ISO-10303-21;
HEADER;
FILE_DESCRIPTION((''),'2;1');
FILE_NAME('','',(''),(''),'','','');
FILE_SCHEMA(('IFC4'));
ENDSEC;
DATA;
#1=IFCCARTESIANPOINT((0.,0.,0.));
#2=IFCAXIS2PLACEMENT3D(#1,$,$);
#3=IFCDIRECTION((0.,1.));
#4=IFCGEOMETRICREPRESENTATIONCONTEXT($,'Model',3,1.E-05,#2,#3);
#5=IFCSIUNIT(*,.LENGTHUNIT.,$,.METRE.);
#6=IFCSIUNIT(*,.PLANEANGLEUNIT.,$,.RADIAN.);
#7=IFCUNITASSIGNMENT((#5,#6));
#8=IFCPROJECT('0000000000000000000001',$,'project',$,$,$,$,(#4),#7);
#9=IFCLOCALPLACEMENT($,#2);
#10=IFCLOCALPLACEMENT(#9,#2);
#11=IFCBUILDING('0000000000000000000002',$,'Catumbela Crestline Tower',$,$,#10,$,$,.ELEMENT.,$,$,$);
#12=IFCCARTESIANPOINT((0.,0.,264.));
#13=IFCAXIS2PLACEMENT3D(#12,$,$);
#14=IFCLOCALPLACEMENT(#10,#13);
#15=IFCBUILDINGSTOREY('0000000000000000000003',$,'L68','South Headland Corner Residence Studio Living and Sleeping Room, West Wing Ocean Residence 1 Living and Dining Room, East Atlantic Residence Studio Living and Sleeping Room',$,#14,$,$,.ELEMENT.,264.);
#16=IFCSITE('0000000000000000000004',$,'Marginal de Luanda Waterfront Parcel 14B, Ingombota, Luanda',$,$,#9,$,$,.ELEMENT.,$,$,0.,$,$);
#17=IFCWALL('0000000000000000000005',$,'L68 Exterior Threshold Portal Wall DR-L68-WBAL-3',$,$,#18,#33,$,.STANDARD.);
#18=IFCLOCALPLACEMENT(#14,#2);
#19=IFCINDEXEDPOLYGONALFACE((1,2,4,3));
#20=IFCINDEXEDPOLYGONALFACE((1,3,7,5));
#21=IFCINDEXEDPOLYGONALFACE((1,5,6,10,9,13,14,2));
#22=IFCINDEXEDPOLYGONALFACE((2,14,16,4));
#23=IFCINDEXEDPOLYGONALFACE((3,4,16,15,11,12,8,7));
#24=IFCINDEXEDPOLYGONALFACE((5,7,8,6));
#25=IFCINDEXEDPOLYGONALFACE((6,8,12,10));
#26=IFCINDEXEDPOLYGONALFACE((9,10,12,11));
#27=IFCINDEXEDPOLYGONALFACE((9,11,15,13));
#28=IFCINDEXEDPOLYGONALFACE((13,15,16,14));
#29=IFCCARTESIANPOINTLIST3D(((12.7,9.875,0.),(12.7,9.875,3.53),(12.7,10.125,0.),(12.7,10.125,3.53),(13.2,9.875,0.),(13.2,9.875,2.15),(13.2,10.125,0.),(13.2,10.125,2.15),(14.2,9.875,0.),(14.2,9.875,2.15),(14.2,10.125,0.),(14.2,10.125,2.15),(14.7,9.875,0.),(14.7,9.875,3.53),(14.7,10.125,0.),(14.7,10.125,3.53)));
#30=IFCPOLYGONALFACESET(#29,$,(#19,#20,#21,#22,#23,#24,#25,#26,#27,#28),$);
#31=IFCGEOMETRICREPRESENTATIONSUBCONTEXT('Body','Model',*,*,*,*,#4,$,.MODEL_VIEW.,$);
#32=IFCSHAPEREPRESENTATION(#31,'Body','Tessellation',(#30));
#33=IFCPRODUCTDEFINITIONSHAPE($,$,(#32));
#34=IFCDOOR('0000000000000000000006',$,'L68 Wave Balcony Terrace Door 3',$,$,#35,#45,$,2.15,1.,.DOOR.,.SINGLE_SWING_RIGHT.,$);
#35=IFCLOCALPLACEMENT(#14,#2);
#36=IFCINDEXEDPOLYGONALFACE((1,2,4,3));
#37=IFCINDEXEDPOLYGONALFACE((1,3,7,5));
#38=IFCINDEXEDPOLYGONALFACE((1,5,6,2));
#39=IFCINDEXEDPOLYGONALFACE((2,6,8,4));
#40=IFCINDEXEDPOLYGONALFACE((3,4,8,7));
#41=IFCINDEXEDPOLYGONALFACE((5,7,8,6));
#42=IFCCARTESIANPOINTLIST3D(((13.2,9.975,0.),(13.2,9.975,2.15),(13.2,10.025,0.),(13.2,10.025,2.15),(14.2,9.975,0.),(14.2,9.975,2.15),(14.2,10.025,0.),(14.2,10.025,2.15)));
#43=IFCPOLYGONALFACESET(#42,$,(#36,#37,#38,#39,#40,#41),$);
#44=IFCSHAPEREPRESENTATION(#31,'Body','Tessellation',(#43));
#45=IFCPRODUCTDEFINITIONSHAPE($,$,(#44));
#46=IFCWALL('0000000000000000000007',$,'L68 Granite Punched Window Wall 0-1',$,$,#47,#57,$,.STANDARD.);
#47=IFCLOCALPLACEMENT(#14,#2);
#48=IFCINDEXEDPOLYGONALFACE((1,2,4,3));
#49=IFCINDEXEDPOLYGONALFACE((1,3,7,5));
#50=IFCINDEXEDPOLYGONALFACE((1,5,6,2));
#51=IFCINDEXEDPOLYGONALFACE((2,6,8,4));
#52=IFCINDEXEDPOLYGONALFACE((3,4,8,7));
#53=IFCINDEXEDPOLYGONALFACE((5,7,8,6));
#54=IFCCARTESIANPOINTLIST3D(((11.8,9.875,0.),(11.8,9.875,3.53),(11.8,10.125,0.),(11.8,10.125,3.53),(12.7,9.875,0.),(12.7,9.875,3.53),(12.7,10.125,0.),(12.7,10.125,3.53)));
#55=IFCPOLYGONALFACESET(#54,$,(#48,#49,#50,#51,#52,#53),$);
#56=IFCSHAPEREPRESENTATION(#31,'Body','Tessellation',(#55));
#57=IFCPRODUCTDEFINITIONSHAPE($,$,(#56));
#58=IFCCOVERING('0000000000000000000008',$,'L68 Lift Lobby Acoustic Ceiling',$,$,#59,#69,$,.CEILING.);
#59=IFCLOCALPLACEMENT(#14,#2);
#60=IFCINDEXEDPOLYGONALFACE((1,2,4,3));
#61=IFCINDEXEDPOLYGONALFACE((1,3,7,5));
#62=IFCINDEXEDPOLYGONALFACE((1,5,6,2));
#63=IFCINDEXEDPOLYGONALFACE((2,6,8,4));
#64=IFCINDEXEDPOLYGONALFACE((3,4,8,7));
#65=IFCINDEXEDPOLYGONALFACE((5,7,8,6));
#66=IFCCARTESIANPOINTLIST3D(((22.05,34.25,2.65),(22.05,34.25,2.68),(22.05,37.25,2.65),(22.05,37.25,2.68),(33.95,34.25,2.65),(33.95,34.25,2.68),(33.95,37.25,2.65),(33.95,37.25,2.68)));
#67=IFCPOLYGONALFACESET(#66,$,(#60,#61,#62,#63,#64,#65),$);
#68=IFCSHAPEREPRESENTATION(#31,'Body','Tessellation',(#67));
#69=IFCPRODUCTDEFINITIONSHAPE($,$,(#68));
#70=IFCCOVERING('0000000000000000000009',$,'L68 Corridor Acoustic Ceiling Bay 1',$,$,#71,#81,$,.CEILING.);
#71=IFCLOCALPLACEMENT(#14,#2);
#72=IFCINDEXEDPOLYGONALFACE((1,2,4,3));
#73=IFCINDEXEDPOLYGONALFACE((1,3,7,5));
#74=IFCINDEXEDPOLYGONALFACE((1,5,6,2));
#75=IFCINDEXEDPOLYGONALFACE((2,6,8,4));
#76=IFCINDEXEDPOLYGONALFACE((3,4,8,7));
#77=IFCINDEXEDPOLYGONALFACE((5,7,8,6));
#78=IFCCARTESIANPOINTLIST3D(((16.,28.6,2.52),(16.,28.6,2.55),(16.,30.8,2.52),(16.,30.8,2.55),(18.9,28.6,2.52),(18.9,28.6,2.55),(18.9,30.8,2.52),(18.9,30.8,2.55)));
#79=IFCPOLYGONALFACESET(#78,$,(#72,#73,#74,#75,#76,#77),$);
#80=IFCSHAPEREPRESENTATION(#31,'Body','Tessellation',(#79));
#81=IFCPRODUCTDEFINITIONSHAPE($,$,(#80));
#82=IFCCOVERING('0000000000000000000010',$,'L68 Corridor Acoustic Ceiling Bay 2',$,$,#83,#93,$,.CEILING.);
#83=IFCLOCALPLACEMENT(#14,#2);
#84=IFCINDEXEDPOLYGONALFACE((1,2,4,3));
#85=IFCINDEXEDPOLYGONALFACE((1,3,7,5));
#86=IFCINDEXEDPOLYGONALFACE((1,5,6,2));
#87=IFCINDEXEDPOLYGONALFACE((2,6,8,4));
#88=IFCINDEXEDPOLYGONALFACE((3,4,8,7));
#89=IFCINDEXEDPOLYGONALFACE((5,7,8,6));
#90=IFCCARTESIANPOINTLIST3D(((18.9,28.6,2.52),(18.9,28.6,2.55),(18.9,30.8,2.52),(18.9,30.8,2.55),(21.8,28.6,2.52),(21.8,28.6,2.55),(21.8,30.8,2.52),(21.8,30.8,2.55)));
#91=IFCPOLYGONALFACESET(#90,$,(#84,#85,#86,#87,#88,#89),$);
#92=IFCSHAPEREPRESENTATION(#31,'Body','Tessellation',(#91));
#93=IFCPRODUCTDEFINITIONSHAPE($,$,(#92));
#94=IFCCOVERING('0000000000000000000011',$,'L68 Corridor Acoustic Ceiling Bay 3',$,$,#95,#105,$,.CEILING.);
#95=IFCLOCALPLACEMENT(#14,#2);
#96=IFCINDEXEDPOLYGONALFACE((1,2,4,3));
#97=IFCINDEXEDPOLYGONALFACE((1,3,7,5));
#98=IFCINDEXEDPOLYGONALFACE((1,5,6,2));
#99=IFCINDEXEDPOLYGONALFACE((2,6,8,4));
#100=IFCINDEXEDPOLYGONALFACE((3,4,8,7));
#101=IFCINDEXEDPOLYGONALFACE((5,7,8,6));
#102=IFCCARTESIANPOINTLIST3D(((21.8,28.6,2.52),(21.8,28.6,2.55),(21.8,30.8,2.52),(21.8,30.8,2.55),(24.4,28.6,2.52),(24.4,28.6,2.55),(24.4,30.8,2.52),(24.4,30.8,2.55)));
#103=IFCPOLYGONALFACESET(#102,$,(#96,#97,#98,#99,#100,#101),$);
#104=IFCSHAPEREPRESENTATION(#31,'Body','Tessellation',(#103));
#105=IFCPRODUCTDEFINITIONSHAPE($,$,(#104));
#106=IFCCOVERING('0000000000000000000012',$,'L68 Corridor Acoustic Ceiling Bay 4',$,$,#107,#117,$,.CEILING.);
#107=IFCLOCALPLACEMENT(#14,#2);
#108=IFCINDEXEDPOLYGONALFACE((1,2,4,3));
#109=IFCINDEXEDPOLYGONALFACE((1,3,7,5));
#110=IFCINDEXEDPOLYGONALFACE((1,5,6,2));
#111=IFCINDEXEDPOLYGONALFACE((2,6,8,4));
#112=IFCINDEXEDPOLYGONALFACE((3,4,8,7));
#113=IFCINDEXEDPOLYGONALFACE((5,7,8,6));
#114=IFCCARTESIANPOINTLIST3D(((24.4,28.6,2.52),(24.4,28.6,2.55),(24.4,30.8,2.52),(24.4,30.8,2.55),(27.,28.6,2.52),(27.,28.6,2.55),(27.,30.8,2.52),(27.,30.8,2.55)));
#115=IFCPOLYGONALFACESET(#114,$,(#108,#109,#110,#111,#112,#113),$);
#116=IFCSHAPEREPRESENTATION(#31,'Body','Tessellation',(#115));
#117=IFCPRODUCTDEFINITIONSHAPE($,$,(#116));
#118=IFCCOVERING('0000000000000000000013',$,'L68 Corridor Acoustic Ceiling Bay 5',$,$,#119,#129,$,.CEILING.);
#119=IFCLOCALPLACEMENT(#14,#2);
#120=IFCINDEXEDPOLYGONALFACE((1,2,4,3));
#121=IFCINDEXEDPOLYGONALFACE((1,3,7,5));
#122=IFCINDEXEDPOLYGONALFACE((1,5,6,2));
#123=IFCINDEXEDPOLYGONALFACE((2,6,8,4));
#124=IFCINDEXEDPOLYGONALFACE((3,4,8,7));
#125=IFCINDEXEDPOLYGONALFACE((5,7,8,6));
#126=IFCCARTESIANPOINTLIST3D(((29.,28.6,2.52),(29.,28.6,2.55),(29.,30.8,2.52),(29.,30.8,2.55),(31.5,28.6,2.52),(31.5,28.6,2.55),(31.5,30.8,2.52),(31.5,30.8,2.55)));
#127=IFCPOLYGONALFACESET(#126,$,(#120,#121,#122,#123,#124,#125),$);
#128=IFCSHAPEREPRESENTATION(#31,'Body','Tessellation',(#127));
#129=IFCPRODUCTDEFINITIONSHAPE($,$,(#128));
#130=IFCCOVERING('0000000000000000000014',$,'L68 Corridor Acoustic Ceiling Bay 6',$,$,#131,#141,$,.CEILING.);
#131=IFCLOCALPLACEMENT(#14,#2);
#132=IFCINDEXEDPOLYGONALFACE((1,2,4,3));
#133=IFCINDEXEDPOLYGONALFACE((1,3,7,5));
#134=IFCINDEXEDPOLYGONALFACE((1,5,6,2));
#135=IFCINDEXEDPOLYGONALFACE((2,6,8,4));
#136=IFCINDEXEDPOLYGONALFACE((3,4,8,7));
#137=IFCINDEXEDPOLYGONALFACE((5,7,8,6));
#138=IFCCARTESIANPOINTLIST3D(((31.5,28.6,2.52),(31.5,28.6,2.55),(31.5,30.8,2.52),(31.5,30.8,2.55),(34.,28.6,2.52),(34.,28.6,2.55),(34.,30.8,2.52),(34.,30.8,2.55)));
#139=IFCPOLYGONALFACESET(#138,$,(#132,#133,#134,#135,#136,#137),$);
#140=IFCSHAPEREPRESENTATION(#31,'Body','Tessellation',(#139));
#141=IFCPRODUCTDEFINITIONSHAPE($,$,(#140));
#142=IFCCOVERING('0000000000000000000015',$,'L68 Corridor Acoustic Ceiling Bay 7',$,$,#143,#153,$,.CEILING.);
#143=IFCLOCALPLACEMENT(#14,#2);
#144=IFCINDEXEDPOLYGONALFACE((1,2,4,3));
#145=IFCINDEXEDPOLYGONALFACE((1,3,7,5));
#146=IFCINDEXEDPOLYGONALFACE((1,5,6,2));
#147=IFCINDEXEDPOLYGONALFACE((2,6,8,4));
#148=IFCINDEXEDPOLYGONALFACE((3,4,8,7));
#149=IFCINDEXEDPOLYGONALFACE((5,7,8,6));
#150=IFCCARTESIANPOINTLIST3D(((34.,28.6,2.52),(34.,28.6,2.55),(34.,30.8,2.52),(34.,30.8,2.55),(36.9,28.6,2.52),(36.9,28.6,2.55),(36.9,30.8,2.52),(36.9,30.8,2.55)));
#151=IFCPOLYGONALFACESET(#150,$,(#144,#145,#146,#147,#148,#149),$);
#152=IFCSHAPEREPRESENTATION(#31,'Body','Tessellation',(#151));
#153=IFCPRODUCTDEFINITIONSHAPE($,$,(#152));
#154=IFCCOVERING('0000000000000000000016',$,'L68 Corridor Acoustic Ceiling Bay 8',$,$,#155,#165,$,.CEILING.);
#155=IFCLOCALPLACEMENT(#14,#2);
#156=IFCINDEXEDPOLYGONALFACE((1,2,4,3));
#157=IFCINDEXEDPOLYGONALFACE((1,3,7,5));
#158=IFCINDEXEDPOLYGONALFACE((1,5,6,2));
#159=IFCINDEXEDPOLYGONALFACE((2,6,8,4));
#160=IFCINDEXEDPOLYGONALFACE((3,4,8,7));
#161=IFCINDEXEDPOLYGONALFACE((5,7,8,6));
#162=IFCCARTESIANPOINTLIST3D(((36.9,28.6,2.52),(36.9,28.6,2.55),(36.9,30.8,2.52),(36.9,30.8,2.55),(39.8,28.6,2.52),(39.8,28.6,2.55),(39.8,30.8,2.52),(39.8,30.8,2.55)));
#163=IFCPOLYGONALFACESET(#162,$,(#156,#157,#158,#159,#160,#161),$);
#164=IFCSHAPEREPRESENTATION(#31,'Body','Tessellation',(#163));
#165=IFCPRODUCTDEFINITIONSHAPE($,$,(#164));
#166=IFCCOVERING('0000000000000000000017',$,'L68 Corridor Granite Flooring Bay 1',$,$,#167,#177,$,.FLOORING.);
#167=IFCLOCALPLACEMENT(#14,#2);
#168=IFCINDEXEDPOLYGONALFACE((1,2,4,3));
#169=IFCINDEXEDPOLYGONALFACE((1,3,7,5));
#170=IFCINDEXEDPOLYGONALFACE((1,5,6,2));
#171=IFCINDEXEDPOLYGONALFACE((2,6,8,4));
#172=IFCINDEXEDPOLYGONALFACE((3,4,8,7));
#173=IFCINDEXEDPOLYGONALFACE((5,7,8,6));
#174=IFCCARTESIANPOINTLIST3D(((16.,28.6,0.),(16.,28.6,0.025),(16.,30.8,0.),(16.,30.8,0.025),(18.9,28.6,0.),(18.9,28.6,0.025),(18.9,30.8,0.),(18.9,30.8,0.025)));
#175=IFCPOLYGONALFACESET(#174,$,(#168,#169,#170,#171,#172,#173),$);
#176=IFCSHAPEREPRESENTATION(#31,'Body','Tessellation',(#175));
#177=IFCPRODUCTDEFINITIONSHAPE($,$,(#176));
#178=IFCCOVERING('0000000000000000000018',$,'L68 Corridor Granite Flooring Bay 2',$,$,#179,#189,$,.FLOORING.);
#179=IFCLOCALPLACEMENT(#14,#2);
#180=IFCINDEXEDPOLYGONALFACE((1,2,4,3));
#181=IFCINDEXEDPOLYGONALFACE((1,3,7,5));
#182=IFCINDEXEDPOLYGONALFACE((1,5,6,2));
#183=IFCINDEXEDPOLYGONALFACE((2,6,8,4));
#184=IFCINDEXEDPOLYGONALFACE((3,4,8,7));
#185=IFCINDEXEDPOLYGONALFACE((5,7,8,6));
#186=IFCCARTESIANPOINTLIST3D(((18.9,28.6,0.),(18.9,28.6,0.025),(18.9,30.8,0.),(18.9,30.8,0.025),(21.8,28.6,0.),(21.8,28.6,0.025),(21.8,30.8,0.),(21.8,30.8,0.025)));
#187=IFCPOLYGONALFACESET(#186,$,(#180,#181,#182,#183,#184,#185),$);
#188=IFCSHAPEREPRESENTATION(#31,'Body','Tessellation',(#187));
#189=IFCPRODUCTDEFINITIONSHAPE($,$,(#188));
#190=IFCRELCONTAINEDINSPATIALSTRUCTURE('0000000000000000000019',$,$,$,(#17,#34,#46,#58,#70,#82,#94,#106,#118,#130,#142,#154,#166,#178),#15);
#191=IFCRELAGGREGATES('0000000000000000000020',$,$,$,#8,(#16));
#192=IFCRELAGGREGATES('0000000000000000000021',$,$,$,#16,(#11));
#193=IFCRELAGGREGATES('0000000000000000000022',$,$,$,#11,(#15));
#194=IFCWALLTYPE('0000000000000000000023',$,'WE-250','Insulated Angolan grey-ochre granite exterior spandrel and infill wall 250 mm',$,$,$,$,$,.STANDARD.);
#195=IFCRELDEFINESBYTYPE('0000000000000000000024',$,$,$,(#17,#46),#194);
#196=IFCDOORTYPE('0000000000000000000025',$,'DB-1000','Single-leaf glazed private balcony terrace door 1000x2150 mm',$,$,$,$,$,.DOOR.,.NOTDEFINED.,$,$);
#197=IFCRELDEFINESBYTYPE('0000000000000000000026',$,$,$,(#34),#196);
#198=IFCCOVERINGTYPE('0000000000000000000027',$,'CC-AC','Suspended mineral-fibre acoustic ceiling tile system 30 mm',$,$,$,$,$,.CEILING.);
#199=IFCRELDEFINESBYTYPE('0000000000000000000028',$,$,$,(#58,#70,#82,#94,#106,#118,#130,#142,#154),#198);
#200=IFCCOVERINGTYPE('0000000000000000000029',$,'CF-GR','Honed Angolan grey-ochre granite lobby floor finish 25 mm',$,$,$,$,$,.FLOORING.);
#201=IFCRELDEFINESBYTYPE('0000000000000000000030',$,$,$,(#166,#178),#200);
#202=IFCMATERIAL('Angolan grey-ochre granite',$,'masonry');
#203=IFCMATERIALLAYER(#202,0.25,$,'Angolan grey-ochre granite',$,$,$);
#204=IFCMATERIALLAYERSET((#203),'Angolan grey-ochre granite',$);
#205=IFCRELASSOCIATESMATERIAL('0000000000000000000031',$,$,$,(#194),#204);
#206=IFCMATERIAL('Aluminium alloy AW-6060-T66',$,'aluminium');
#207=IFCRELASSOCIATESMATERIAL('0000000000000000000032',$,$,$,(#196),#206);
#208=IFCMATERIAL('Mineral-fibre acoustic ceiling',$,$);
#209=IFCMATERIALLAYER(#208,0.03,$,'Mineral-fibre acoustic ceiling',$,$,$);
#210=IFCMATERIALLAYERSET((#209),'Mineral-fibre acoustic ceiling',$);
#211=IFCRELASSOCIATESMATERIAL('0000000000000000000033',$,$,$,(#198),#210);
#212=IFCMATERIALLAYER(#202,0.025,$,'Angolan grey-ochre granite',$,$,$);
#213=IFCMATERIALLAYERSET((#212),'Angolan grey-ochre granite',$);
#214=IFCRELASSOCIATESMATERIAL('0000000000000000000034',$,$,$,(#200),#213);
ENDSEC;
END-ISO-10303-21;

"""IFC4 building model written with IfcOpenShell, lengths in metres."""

from ifc_helpers import new_model, si_unit, direction, frame, frame_2d, origin, place, context, subcontext, project, spatial, polyline, rectangle, outline, extrude, material, layer, layer_set, type_object, element, fill, save


model = new_model("IFC4")

# Units and contexts
model_context = context("Model", 3, precision=1e-05, world=origin(), true_north=direction((0.0, 1.0)))
body_context = subcontext(model_context, "Body", "Model", "MODEL_VIEW")
ifc_project = project(units=[si_unit("LENGTHUNIT", "METRE"), si_unit("PLANEANGLEUNIT", "RADIAN")], contexts=[model_context])

# Site, building, storey
site_placement = place(None, origin())
site = spatial("IfcSite", under=ifc_project, at=site_placement, Name="Marginal de Luanda Waterfront Parcel 14B, Ingombota, Luanda", CompositionType="ELEMENT", RefElevation=0.0)
building_placement = place(site_placement, origin())
building = spatial("IfcBuilding", under=site, at=building_placement, Name="Catumbela Crestline Tower", CompositionType="ELEMENT")
storey_placement = place(building_placement, frame((0.0, 0.0, 264.0)))
storey = spatial("IfcBuildingStorey", under=building, at=storey_placement, Name="L68", Description="South Headland Corner Residence Studio Living and Sleeping Room, West Wing Ocean Residence 1 Living and Dining Room, East Atlantic Residence Studio Living and Sleeping Room", CompositionType="ELEMENT", Elevation=264.0)

# Shared definitions
ifc_material_1 = material(Name="Aluminium alloy AW-6060-T66", Category="aluminium")

# Wall, opening, door
ifc_material_2 = material(Name="Angolan grey-ochre granite", Category="masonry")
ifc_layer_1 = layer(ifc_material_2, 0.25, Name="Angolan grey-ochre granite")
ifc_layer_set_1 = layer_set([ifc_layer_1], Name="Angolan grey-ochre granite")
wall_type = type_object("IfcWallType", Name="WE-250", Description="Insulated Angolan grey-ochre granite exterior spandrel and infill wall 250 mm", PredefinedType="STANDARD", material=ifc_layer_set_1)
wall_1_placement = place(storey_placement, frame((12.7, 10.0, 0.0), z_axis=(0.0, 0.0, 1.0), x_axis=(1.0, 0.0, 0.0)))
wall_1 = element("IfcWall", 1, at=wall_1_placement, inside=storey, type_object=wall_type, Name="L68 Exterior Threshold Portal Wall DR-L68-WBAL-3", PredefinedType="STANDARD", context=body_context, shape_type="SweptSolid", body=[
    extrude(rectangle(XDim=2.0, YDim=0.25, at=frame_2d((1.0, 0.0))), origin(), (0.0, 0.0, 1.0), 3.53),
])
opening_placement = place(wall_1_placement, frame((0.5, 0.0, 0.0)))
opening = element("IfcOpeningElement", 2, at=opening_placement, cuts=wall_1, PredefinedType="OPENING", context=body_context, shape_type="SweptSolid", body=[
    extrude(rectangle(XDim=1.0, YDim=2.15, at=frame_2d((0.5, 1.075))), frame((0.0, 0.135, 0.0), z_axis=(0.0, -1.0, 0.0), x_axis=(1.0, 0.0, 0.0)), (0.0, 0.0, 1.0), 0.27),
])
door_type = type_object("IfcDoorType", Name="DB-1000", Description="Single-leaf glazed private balcony terrace door 1000x2150 mm", OperationType="NOTDEFINED", PredefinedType="DOOR", material=ifc_material_1)
door_placement = place(opening_placement, origin())
door = element("IfcDoor", 3, at=door_placement, inside=storey, type_object=door_type, Name="L68 Wave Balcony Terrace Door 3", OperationType="SINGLE_SWING_RIGHT", OverallHeight=2.15, OverallWidth=1.0, PredefinedType="DOOR", context=body_context, shape_type="SweptSolid", body=[
    extrude(rectangle(XDim=1.0, YDim=2.15, at=frame_2d((0.5, 1.075))), frame((0.0, 0.025, 0.0), z_axis=(0.0, -1.0, 0.0), x_axis=(1.0, 0.0, 0.0)), (0.0, 0.0, 1.0), 0.05),
])
fill(opening, door)

# Wall
wall_2_placement = place(storey_placement, frame((11.8, 10.0, 0.0), z_axis=(0.0, 0.0, 1.0), x_axis=(1.0, 0.0, 0.0)))
element("IfcWall", 4, at=wall_2_placement, inside=storey, type_object=wall_type, Name="L68 Granite Punched Window Wall 0-1", PredefinedType="STANDARD", context=body_context, shape_type="SweptSolid", body=[
    extrude(rectangle(XDim=0.9, YDim=0.25, at=frame_2d((0.45, 0.0))), origin(), (0.0, 0.0, 1.0), 3.53),
])

# Coverings
ifc_material_3 = material(Name="Mineral-fibre acoustic ceiling")
ifc_layer_2 = layer(ifc_material_3, 0.03, Name="Mineral-fibre acoustic ceiling")
ifc_layer_set_2 = layer_set([ifc_layer_2], Name="Mineral-fibre acoustic ceiling")
covering_type_1 = type_object("IfcCoveringType", Name="CC-AC", Description="Suspended mineral-fibre acoustic ceiling tile system 30 mm", PredefinedType="CEILING", material=ifc_layer_set_2)
covering_1_placement = place(storey_placement, frame((0.0, 0.0, 2.65)))
element("IfcCovering", 5, at=covering_1_placement, inside=storey, type_object=covering_type_1, Name="L68 Lift Lobby Acoustic Ceiling", PredefinedType="CEILING", context=body_context, shape_type="SweptSolid", body=[
    extrude(outline(polyline([(22.05, 34.25), (33.95, 34.25), (33.95, 37.25), (22.05, 37.25), (22.05, 34.25)])), origin(), (0.0, 0.0, 1.0), 0.03),
])
covering_2_placement = place(storey_placement, frame((0.0, 0.0, 2.52)))
element("IfcCovering", 6, at=covering_2_placement, inside=storey, type_object=covering_type_1, Name="L68 Corridor Acoustic Ceiling Bay 1", PredefinedType="CEILING", context=body_context, shape_type="SweptSolid", body=[
    extrude(outline(polyline([(16.0, 28.6), (18.9, 28.6), (18.9, 30.8), (16.0, 30.8), (16.0, 28.6)])), origin(), (0.0, 0.0, 1.0), 0.03),
])
covering_3_placement = place(storey_placement, frame((0.0, 0.0, 2.52)))
element("IfcCovering", 7, at=covering_3_placement, inside=storey, type_object=covering_type_1, Name="L68 Corridor Acoustic Ceiling Bay 2", PredefinedType="CEILING", context=body_context, shape_type="SweptSolid", body=[
    extrude(outline(polyline([(18.9, 28.6), (21.8, 28.6), (21.8, 30.8), (18.9, 30.8), (18.9, 28.6)])), origin(), (0.0, 0.0, 1.0), 0.03),
])
covering_4_placement = place(storey_placement, frame((0.0, 0.0, 2.52)))
element("IfcCovering", 8, at=covering_4_placement, inside=storey, type_object=covering_type_1, Name="L68 Corridor Acoustic Ceiling Bay 3", PredefinedType="CEILING", context=body_context, shape_type="SweptSolid", body=[
    extrude(outline(polyline([(21.8, 28.6), (24.4, 28.6), (24.4, 30.8), (21.8, 30.8), (21.8, 28.6)])), origin(), (0.0, 0.0, 1.0), 0.03),
])
covering_5_placement = place(storey_placement, frame((0.0, 0.0, 2.52)))
element("IfcCovering", 9, at=covering_5_placement, inside=storey, type_object=covering_type_1, Name="L68 Corridor Acoustic Ceiling Bay 4", PredefinedType="CEILING", context=body_context, shape_type="SweptSolid", body=[
    extrude(outline(polyline([(24.4, 28.6), (27.0, 28.6), (27.0, 30.8), (24.4, 30.8), (24.4, 28.6)])), origin(), (0.0, 0.0, 1.0), 0.03),
])
covering_6_placement = place(storey_placement, frame((0.0, 0.0, 2.52)))
element("IfcCovering", 10, at=covering_6_placement, inside=storey, type_object=covering_type_1, Name="L68 Corridor Acoustic Ceiling Bay 5", PredefinedType="CEILING", context=body_context, shape_type="SweptSolid", body=[
    extrude(outline(polyline([(29.0, 28.6), (31.5, 28.6), (31.5, 30.8), (29.0, 30.8), (29.0, 28.6)])), origin(), (0.0, 0.0, 1.0), 0.03),
])
covering_7_placement = place(storey_placement, frame((0.0, 0.0, 2.52)))
element("IfcCovering", 11, at=covering_7_placement, inside=storey, type_object=covering_type_1, Name="L68 Corridor Acoustic Ceiling Bay 6", PredefinedType="CEILING", context=body_context, shape_type="SweptSolid", body=[
    extrude(outline(polyline([(31.5, 28.6), (34.0, 28.6), (34.0, 30.8), (31.5, 30.8), (31.5, 28.6)])), origin(), (0.0, 0.0, 1.0), 0.03),
])
covering_8_placement = place(storey_placement, frame((0.0, 0.0, 2.52)))
element("IfcCovering", 12, at=covering_8_placement, inside=storey, type_object=covering_type_1, Name="L68 Corridor Acoustic Ceiling Bay 7", PredefinedType="CEILING", context=body_context, shape_type="SweptSolid", body=[
    extrude(outline(polyline([(34.0, 28.6), (36.9, 28.6), (36.9, 30.8), (34.0, 30.8), (34.0, 28.6)])), origin(), (0.0, 0.0, 1.0), 0.03),
])
covering_9_placement = place(storey_placement, frame((0.0, 0.0, 2.52)))
element("IfcCovering", 13, at=covering_9_placement, inside=storey, type_object=covering_type_1, Name="L68 Corridor Acoustic Ceiling Bay 8", PredefinedType="CEILING", context=body_context, shape_type="SweptSolid", body=[
    extrude(outline(polyline([(36.9, 28.6), (39.8, 28.6), (39.8, 30.8), (36.9, 30.8), (36.9, 28.6)])), origin(), (0.0, 0.0, 1.0), 0.03),
])
ifc_layer_3 = layer(ifc_material_2, 0.025, Name="Angolan grey-ochre granite")
ifc_layer_set_3 = layer_set([ifc_layer_3], Name="Angolan grey-ochre granite")
covering_type_2 = type_object("IfcCoveringType", Name="CF-GR", Description="Honed Angolan grey-ochre granite lobby floor finish 25 mm", PredefinedType="FLOORING", material=ifc_layer_set_3)
covering_10_placement = place(storey_placement, origin())
element("IfcCovering", 14, at=covering_10_placement, inside=storey, type_object=covering_type_2, Name="L68 Corridor Granite Flooring Bay 1", PredefinedType="FLOORING", context=body_context, shape_type="SweptSolid", body=[
    extrude(outline(polyline([(16.0, 28.6), (18.9, 28.6), (18.9, 30.8), (16.0, 30.8), (16.0, 28.6)])), origin(), (0.0, 0.0, 1.0), 0.025),
])
covering_11_placement = place(storey_placement, origin())
element("IfcCovering", 15, at=covering_11_placement, inside=storey, type_object=covering_type_2, Name="L68 Corridor Granite Flooring Bay 2", PredefinedType="FLOORING", context=body_context, shape_type="SweptSolid", body=[
    extrude(outline(polyline([(18.9, 28.6), (21.8, 28.6), (21.8, 30.8), (18.9, 30.8), (18.9, 28.6)])), origin(), (0.0, 0.0, 1.0), 0.025),
])

save(model, "model.ifc")
